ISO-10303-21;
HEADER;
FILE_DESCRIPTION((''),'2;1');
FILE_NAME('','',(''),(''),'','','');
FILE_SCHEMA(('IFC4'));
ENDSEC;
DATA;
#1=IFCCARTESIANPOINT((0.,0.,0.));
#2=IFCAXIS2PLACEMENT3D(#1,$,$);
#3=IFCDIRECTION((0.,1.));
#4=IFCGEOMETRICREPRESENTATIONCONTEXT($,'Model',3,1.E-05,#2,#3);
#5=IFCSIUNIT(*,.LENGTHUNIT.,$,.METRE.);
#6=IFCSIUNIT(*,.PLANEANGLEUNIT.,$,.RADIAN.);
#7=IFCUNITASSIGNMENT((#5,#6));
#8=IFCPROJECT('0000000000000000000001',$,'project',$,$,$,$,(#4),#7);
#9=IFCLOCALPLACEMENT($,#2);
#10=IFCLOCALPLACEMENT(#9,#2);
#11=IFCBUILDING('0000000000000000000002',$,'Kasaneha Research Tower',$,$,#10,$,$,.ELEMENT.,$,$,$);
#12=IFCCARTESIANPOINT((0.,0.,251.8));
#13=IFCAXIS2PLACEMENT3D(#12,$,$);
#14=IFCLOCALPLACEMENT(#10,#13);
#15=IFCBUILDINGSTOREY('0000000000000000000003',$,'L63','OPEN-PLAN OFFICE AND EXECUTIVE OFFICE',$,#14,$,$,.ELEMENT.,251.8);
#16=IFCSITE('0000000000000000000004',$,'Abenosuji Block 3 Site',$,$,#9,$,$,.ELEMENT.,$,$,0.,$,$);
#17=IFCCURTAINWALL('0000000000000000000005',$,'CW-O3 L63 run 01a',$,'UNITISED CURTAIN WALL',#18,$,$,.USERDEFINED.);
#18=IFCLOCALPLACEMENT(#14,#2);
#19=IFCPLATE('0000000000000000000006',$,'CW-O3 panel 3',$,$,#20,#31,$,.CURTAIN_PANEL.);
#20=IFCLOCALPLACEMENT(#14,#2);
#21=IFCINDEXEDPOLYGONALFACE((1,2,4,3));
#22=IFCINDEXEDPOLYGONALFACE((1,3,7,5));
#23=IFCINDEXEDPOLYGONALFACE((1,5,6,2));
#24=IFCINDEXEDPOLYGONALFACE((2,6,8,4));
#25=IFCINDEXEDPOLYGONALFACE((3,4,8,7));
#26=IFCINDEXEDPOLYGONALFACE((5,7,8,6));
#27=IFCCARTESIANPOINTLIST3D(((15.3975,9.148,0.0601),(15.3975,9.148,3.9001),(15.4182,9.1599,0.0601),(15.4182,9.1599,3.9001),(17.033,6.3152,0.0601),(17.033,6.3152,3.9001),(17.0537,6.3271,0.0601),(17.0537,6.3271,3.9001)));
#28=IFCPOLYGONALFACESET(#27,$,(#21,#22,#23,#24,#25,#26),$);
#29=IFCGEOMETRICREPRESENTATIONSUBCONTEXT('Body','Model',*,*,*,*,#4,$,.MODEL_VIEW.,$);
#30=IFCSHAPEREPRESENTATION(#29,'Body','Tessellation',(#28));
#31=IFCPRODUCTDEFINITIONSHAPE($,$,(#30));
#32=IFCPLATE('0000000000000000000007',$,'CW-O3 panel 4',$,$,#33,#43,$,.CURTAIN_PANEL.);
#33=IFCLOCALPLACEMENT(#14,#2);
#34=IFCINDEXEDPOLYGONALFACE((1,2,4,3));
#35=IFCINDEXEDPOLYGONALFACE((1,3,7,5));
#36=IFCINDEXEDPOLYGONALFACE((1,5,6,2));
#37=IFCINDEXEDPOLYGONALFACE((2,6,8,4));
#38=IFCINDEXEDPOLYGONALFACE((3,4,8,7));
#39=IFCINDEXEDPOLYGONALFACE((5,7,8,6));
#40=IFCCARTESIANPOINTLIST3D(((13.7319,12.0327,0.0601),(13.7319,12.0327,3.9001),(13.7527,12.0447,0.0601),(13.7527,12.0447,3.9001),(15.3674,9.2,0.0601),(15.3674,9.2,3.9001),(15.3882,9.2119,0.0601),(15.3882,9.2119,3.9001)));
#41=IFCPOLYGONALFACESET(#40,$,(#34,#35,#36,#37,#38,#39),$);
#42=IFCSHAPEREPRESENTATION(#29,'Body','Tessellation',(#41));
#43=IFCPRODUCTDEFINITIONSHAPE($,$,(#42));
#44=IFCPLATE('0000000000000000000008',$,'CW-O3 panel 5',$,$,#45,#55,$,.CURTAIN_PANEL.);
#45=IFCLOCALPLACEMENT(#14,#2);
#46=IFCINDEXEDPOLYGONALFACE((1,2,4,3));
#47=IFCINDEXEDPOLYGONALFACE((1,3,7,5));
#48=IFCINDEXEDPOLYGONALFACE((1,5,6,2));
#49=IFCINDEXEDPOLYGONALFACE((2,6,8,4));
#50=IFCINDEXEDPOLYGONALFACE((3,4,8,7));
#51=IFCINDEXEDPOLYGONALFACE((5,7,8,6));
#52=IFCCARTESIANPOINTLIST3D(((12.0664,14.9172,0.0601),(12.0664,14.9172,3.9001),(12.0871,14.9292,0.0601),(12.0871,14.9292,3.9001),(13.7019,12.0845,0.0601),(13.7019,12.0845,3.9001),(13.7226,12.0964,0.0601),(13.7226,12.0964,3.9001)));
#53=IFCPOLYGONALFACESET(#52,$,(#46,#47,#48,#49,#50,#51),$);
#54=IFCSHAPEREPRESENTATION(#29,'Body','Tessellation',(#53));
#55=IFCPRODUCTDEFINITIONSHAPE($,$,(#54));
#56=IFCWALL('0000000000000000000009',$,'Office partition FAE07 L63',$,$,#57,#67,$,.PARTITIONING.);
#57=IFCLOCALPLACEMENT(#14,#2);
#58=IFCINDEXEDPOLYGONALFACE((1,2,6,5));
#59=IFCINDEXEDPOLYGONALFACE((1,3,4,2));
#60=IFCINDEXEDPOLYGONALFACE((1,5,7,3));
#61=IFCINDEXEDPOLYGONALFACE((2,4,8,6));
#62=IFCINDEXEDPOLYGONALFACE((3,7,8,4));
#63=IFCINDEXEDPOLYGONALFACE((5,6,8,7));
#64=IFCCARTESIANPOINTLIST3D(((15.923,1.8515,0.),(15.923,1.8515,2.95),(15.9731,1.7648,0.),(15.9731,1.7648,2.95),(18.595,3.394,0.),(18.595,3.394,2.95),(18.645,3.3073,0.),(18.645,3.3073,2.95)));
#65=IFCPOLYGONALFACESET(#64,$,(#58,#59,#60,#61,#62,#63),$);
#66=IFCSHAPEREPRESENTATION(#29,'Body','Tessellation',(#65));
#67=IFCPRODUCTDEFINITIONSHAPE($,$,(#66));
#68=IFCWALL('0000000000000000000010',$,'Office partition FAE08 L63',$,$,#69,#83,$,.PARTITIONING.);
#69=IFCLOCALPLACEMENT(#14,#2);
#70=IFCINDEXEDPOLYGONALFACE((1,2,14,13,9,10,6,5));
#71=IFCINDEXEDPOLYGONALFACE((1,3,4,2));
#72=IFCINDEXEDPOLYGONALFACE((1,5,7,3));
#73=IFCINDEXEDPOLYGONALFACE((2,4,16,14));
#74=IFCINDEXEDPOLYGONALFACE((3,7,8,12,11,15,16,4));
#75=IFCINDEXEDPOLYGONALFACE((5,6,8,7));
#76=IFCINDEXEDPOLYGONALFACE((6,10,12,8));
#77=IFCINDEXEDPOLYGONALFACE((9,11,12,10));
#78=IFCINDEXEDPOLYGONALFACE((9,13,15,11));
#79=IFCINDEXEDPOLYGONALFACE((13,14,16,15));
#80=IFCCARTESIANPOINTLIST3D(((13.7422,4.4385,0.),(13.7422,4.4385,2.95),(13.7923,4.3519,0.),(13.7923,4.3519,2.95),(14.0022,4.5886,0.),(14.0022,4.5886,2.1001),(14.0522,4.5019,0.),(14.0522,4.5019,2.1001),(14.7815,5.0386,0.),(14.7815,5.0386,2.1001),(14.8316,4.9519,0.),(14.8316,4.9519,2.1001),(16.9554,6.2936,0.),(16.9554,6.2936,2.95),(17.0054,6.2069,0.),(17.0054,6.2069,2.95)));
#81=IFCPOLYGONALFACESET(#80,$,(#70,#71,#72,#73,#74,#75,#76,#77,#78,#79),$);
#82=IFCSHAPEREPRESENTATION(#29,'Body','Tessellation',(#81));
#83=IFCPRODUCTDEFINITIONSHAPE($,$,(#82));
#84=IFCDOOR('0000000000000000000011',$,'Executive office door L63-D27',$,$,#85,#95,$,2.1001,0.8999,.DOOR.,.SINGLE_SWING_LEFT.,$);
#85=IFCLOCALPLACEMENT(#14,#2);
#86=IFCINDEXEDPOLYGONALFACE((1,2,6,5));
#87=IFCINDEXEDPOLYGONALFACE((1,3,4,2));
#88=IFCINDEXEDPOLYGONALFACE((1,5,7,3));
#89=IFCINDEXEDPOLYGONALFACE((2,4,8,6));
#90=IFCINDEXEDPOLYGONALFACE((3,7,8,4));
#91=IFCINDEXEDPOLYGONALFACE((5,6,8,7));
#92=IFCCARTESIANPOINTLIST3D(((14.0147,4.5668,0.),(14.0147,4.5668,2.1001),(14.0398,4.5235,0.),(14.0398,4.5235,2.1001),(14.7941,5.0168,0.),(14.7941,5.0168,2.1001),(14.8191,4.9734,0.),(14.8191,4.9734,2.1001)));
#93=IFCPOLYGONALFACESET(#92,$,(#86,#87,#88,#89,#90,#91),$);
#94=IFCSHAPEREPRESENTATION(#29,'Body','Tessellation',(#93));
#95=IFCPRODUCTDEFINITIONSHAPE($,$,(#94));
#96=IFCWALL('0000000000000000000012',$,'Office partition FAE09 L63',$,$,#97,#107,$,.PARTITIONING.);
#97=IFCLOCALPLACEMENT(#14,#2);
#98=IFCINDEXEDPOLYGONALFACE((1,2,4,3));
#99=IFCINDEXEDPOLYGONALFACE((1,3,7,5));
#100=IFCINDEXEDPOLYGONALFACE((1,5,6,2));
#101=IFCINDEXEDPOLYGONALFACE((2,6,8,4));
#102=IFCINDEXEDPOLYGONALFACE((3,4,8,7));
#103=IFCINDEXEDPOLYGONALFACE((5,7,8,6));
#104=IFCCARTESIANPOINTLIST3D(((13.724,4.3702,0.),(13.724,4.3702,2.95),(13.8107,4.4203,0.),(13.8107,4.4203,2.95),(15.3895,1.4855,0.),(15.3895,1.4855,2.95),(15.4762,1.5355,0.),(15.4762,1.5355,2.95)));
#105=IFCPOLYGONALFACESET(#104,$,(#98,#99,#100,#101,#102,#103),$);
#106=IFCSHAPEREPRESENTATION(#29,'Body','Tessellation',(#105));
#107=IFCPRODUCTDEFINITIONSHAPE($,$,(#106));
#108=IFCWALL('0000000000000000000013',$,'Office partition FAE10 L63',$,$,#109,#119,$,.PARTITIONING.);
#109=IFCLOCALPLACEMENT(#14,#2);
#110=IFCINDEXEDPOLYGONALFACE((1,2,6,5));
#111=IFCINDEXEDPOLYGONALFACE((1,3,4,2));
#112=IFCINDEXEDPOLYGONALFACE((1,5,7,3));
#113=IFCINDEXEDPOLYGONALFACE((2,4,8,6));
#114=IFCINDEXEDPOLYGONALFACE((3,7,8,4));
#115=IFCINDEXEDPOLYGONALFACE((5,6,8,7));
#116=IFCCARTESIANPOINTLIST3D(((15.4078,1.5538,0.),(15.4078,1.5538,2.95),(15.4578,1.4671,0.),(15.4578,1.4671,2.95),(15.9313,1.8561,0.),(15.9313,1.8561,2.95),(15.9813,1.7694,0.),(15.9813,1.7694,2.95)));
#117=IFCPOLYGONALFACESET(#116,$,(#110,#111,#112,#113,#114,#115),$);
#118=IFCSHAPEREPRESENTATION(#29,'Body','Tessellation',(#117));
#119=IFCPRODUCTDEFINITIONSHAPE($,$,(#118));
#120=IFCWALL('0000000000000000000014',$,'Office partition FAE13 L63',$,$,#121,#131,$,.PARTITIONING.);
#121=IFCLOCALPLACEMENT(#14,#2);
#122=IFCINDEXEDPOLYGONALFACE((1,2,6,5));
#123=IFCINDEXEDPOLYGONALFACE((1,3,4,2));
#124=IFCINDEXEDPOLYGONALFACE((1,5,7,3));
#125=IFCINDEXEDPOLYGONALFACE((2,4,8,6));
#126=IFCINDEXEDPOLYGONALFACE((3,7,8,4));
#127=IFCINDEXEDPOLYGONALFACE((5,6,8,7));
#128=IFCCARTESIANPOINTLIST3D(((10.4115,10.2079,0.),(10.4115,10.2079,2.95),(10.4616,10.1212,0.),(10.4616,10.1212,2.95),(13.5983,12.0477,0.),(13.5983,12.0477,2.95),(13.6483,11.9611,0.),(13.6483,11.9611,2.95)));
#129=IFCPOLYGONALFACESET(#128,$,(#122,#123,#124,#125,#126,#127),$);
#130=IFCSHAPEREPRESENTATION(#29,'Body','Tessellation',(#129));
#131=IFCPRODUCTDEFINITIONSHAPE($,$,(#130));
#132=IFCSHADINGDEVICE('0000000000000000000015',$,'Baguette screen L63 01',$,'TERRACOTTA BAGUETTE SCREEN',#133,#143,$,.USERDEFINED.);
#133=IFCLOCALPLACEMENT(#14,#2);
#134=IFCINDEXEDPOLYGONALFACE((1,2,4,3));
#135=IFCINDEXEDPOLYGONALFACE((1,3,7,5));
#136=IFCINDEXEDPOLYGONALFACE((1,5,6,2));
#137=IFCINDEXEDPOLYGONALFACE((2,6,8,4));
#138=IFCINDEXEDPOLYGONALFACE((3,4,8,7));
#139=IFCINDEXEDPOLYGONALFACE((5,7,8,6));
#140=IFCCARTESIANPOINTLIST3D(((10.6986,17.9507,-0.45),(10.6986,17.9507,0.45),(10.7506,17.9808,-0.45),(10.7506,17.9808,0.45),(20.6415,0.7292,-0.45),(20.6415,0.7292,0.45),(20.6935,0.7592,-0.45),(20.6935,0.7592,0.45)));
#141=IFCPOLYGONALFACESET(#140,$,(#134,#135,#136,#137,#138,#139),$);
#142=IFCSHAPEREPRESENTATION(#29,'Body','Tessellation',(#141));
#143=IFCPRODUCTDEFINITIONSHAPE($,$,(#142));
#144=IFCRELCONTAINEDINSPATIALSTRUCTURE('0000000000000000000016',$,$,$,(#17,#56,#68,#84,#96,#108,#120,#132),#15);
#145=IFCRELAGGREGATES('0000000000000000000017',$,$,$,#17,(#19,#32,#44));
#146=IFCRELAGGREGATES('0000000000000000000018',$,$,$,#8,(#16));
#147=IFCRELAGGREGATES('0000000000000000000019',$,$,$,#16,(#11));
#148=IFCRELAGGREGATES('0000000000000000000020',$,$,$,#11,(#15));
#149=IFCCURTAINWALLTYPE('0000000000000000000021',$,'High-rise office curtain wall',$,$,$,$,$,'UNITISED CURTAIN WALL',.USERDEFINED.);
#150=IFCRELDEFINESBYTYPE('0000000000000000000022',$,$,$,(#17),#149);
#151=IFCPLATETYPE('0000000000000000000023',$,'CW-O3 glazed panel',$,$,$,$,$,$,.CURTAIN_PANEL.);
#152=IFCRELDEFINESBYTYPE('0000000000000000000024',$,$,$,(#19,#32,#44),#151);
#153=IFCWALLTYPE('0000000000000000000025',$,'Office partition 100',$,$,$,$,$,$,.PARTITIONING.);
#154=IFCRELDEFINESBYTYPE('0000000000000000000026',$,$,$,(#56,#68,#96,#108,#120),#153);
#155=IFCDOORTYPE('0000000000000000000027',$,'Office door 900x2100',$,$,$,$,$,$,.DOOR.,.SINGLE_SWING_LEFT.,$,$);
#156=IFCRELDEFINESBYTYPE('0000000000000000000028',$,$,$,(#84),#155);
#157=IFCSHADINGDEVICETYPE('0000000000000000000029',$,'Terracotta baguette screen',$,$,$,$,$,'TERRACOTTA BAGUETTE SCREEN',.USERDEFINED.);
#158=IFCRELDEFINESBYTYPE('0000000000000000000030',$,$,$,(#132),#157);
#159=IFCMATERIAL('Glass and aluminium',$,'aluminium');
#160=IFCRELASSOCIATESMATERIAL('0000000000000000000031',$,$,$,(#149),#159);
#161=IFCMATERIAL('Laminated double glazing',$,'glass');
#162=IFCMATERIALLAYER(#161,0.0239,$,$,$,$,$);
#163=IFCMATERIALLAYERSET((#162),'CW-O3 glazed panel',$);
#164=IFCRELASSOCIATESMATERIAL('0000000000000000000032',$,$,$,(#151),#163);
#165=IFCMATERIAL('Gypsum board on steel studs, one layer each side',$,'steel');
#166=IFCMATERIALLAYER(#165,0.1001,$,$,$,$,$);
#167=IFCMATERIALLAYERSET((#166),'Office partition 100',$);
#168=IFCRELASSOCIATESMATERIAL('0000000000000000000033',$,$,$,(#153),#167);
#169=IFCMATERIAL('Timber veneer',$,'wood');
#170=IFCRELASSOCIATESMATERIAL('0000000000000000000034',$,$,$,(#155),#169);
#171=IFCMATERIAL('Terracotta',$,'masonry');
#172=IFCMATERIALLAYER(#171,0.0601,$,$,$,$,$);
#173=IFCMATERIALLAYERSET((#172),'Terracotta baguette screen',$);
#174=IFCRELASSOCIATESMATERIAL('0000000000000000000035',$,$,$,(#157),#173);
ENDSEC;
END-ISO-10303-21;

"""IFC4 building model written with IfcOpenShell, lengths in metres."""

from ifc_helpers import new_model, si_unit, direction, frame, frame_2d, origin, origin_2d, place, context, subcontext, project, spatial, rectangle, extrude, material, layer, layer_set, type_object, element, fill, aggregate, save


model = new_model("IFC4")

# Units and contexts
model_context = context("Model", 3, precision=1e-05, world=origin(), true_north=direction((0.0, 1.0)))
body_context = subcontext(model_context, "Body", "Model", "MODEL_VIEW")
ifc_project = project(units=[si_unit("LENGTHUNIT", "METRE"), si_unit("PLANEANGLEUNIT", "RADIAN")], contexts=[model_context])

# Site, building, storey
site_placement = place(None, origin())
site = spatial("IfcSite", under=ifc_project, at=site_placement, Name="Abenosuji Block 3 Site", CompositionType="ELEMENT", RefElevation=0.0)
building_placement = place(site_placement, origin())
building = spatial("IfcBuilding", under=site, at=building_placement, Name="Kasaneha Research Tower", CompositionType="ELEMENT")
storey_placement = place(building_placement, frame((0.0, 0.0, 251.8)))
storey = spatial("IfcBuildingStorey", under=building, at=storey_placement, Name="L63", Description="OPEN-PLAN OFFICE AND EXECUTIVE OFFICE", CompositionType="ELEMENT", Elevation=251.8)

# Curtain wall, plates
ifc_material_1 = material(Name="Glass and aluminium", Category="aluminium")
curtain_wall_type = type_object("IfcCurtainWallType", Name="High-rise office curtain wall", ElementType="UNITISED CURTAIN WALL", PredefinedType="USERDEFINED", material=ifc_material_1)
curtain_wall_placement = place(storey_placement, origin())
curtain_wall = element("IfcCurtainWall", 1, at=curtain_wall_placement, inside=storey, type_object=curtain_wall_type, Name="CW-O3 L63 run 01a", ObjectType="UNITISED CURTAIN WALL", PredefinedType="USERDEFINED")
ifc_material_2 = material(Name="Laminated double glazing", Category="glass")
ifc_layer_1 = layer(ifc_material_2, 0.0239)
ifc_layer_set_1 = layer_set([ifc_layer_1], Name="CW-O3 glazed panel")
plate_type = type_object("IfcPlateType", Name="CW-O3 glazed panel", PredefinedType="CURTAIN_PANEL", material=ifc_layer_set_1)
plate_1_placement = place(storey_placement, frame((16.2256, 7.7375, 0.0601), z_axis=(0.0, 0.0, 1.0), x_axis=(-0.5, 0.866025, 0.0)))
plate_1 = element("IfcPlate", 2, at=plate_1_placement, type_object=plate_type, Name="CW-O3 panel 3", PredefinedType="CURTAIN_PANEL", context=body_context, shape_type="SweptSolid", body=[
    extrude(rectangle(XDim=3.271, YDim=0.0239, at=origin_2d()), origin(), (0.0, 0.0, 1.0), 3.8401),
])
plate_2_placement = place(storey_placement, frame((14.5601, 10.6223, 0.0601), z_axis=(0.0, 0.0, 1.0), x_axis=(-0.5, 0.866025, 0.0)))
plate_2 = element("IfcPlate", 3, at=plate_2_placement, type_object=plate_type, Name="CW-O3 panel 4", PredefinedType="CURTAIN_PANEL", context=body_context, shape_type="SweptSolid", body=[
    extrude(rectangle(XDim=3.271, YDim=0.0239, at=origin_2d()), origin(), (0.0, 0.0, 1.0), 3.8401),
])
plate_3_placement = place(storey_placement, frame((12.8945, 13.5068, 0.0601), z_axis=(0.0, 0.0, 1.0), x_axis=(-0.5, 0.866025, 0.0)))
plate_3 = element("IfcPlate", 4, at=plate_3_placement, type_object=plate_type, Name="CW-O3 panel 5", PredefinedType="CURTAIN_PANEL", context=body_context, shape_type="SweptSolid", body=[
    extrude(rectangle(XDim=3.271, YDim=0.0239, at=origin_2d()), origin(), (0.0, 0.0, 1.0), 3.8401),
])
aggregate(curtain_wall, [plate_1, plate_2, plate_3])

# Wall
ifc_material_3 = material(Name="Gypsum board on steel studs, one layer each side", Category="steel")
ifc_layer_2 = layer(ifc_material_3, 0.1001)
ifc_layer_set_2 = layer_set([ifc_layer_2], Name="Office partition 100")
wall_type = type_object("IfcWallType", Name="Office partition 100", PredefinedType="PARTITIONING", material=ifc_layer_set_2)
wall_1_placement = place(storey_placement, frame((18.6199, 3.3506, 0.0), z_axis=(0.0, 0.0, 1.0), x_axis=(-0.866043, -0.499969, 0.0)))
element("IfcWall", 5, at=wall_1_placement, inside=storey, type_object=wall_type, Name="Office partition FAE07 L63", PredefinedType="PARTITIONING", context=body_context, shape_type="SweptSolid", body=[
    extrude(rectangle(XDim=3.0852, YDim=0.1001, at=frame_2d((1.5425, 0.0))), origin(), (0.0, 0.0, 1.0), 2.95),
])

# Wall, opening, door
wall_2_placement = place(storey_placement, frame((13.7673, 4.3953, 0.0), z_axis=(0.0, 0.0, 1.0), x_axis=(0.86604, 0.499975, 0.0)))
wall_2 = element("IfcWall", 6, at=wall_2_placement, inside=storey, type_object=wall_type, Name="Office partition FAE08 L63", PredefinedType="PARTITIONING", context=body_context, shape_type="SweptSolid", body=[
    extrude(rectangle(XDim=3.7102, YDim=0.1001, at=frame_2d((1.855, 0.0))), origin(), (0.0, 0.0, 1.0), 2.95),
])
opening_placement = place(wall_2_placement, frame((0.3, 0.0, 0.0)))
opening = element("IfcOpeningElement", 7, at=opening_placement, cuts=wall_2, PredefinedType="OPENING", context=body_context, shape_type="SweptSolid", body=[
    extrude(rectangle(XDim=0.8999, YDim=2.1001, at=frame_2d((0.45, 1.05))), frame((0.0, 0.0601, 0.0), z_axis=(0.0, -1.0, 0.0), x_axis=(1.0, 0.0, 0.0)), (0.0, 0.0, 1.0), 0.1201),
])
ifc_material_4 = material(Name="Timber veneer", Category="wood")
door_type = type_object("IfcDoorType", Name="Office door 900x2100", OperationType="SINGLE_SWING_LEFT", PredefinedType="DOOR", material=ifc_material_4)
door_placement = place(opening_placement, origin())
door = element("IfcDoor", 8, at=door_placement, inside=storey, type_object=door_type, Name="Executive office door L63-D27", OperationType="SINGLE_SWING_LEFT", OverallHeight=2.1001, OverallWidth=0.8999, PredefinedType="DOOR", context=body_context, shape_type="SweptSolid", body=[
    extrude(rectangle(XDim=0.8999, YDim=2.1001, at=frame_2d((0.45, 1.05))), frame((0.0, 0.0249, 0.0), z_axis=(0.0, -1.0, 0.0), x_axis=(1.0, 0.0, 0.0)), (0.0, 0.0, 1.0), 0.05),
])
fill(opening, door)

# Walls
wall_3_placement = place(storey_placement, frame((15.4329, 1.5105, 0.0), z_axis=(0.0, 0.0, 1.0), x_axis=(-0.500002, 0.866024, 0.0)))
element("IfcWall", 9, at=wall_3_placement, inside=storey, type_object=wall_type, Name="Office partition FAE09 L63", PredefinedType="PARTITIONING", context=body_context, shape_type="SweptSolid", body=[
    extrude(rectangle(XDim=3.3311, YDim=0.1001, at=frame_2d((1.6655, 0.0))), origin(), (0.0, 0.0, 1.0), 2.95),
])
wall_4_placement = place(storey_placement, frame((15.9563, 1.8127, 0.0), z_axis=(0.0, 0.0, 1.0), x_axis=(-0.865997, -0.500049, 0.0)))
element("IfcWall", 10, at=wall_4_placement, inside=storey, type_object=wall_type, Name="Office partition FAE10 L63", PredefinedType="PARTITIONING", context=body_context, shape_type="SweptSolid", body=[
    extrude(rectangle(XDim=0.6045, YDim=0.1001, at=frame_2d((0.3022, 0.0))), origin(), (0.0, 0.0, 1.0), 2.95),
])
wall_5_placement = place(storey_placement, frame((13.6233, 12.0044, 0.0), z_axis=(0.0, 0.0, 1.0), x_axis=(-0.86603, -0.499992, 0.0)))
element("IfcWall", 11, at=wall_5_placement, inside=storey, type_object=wall_type, Name="Office partition FAE13 L63", PredefinedType="PARTITIONING", context=body_context, shape_type="SweptSolid", body=[
    extrude(rectangle(XDim=3.6797, YDim=0.1001, at=frame_2d((1.8398, 0.0))), origin(), (0.0, 0.0, 1.0), 2.95),
])

# Shading device
ifc_material_5 = material(Name="Terracotta", Category="masonry")
ifc_layer_3 = layer(ifc_material_5, 0.0601)
ifc_layer_set_3 = layer_set([ifc_layer_3], Name="Terracotta baguette screen")
shading_device_type = type_object("IfcShadingDeviceType", Name="Terracotta baguette screen", ElementType="TERRACOTTA BAGUETTE SCREEN", PredefinedType="USERDEFINED", material=ifc_layer_set_3)
shading_device_placement = place(storey_placement, frame((15.696, 9.355, -0.45), z_axis=(0.0, 0.0, 1.0), x_axis=(-0.5, 0.866025, 0.0)))
element("IfcShadingDevice", 12, at=shading_device_placement, inside=storey, type_object=shading_device_type, Name="Baguette screen L63 01", ObjectType="TERRACOTTA BAGUETTE SCREEN", PredefinedType="USERDEFINED", context=body_context, shape_type="SweptSolid", body=[
    extrude(rectangle(XDim=19.8857, YDim=0.0601, at=origin_2d()), origin(), (0.0, 0.0, 1.0), 0.8999),
])

save(model, "model.ifc")
